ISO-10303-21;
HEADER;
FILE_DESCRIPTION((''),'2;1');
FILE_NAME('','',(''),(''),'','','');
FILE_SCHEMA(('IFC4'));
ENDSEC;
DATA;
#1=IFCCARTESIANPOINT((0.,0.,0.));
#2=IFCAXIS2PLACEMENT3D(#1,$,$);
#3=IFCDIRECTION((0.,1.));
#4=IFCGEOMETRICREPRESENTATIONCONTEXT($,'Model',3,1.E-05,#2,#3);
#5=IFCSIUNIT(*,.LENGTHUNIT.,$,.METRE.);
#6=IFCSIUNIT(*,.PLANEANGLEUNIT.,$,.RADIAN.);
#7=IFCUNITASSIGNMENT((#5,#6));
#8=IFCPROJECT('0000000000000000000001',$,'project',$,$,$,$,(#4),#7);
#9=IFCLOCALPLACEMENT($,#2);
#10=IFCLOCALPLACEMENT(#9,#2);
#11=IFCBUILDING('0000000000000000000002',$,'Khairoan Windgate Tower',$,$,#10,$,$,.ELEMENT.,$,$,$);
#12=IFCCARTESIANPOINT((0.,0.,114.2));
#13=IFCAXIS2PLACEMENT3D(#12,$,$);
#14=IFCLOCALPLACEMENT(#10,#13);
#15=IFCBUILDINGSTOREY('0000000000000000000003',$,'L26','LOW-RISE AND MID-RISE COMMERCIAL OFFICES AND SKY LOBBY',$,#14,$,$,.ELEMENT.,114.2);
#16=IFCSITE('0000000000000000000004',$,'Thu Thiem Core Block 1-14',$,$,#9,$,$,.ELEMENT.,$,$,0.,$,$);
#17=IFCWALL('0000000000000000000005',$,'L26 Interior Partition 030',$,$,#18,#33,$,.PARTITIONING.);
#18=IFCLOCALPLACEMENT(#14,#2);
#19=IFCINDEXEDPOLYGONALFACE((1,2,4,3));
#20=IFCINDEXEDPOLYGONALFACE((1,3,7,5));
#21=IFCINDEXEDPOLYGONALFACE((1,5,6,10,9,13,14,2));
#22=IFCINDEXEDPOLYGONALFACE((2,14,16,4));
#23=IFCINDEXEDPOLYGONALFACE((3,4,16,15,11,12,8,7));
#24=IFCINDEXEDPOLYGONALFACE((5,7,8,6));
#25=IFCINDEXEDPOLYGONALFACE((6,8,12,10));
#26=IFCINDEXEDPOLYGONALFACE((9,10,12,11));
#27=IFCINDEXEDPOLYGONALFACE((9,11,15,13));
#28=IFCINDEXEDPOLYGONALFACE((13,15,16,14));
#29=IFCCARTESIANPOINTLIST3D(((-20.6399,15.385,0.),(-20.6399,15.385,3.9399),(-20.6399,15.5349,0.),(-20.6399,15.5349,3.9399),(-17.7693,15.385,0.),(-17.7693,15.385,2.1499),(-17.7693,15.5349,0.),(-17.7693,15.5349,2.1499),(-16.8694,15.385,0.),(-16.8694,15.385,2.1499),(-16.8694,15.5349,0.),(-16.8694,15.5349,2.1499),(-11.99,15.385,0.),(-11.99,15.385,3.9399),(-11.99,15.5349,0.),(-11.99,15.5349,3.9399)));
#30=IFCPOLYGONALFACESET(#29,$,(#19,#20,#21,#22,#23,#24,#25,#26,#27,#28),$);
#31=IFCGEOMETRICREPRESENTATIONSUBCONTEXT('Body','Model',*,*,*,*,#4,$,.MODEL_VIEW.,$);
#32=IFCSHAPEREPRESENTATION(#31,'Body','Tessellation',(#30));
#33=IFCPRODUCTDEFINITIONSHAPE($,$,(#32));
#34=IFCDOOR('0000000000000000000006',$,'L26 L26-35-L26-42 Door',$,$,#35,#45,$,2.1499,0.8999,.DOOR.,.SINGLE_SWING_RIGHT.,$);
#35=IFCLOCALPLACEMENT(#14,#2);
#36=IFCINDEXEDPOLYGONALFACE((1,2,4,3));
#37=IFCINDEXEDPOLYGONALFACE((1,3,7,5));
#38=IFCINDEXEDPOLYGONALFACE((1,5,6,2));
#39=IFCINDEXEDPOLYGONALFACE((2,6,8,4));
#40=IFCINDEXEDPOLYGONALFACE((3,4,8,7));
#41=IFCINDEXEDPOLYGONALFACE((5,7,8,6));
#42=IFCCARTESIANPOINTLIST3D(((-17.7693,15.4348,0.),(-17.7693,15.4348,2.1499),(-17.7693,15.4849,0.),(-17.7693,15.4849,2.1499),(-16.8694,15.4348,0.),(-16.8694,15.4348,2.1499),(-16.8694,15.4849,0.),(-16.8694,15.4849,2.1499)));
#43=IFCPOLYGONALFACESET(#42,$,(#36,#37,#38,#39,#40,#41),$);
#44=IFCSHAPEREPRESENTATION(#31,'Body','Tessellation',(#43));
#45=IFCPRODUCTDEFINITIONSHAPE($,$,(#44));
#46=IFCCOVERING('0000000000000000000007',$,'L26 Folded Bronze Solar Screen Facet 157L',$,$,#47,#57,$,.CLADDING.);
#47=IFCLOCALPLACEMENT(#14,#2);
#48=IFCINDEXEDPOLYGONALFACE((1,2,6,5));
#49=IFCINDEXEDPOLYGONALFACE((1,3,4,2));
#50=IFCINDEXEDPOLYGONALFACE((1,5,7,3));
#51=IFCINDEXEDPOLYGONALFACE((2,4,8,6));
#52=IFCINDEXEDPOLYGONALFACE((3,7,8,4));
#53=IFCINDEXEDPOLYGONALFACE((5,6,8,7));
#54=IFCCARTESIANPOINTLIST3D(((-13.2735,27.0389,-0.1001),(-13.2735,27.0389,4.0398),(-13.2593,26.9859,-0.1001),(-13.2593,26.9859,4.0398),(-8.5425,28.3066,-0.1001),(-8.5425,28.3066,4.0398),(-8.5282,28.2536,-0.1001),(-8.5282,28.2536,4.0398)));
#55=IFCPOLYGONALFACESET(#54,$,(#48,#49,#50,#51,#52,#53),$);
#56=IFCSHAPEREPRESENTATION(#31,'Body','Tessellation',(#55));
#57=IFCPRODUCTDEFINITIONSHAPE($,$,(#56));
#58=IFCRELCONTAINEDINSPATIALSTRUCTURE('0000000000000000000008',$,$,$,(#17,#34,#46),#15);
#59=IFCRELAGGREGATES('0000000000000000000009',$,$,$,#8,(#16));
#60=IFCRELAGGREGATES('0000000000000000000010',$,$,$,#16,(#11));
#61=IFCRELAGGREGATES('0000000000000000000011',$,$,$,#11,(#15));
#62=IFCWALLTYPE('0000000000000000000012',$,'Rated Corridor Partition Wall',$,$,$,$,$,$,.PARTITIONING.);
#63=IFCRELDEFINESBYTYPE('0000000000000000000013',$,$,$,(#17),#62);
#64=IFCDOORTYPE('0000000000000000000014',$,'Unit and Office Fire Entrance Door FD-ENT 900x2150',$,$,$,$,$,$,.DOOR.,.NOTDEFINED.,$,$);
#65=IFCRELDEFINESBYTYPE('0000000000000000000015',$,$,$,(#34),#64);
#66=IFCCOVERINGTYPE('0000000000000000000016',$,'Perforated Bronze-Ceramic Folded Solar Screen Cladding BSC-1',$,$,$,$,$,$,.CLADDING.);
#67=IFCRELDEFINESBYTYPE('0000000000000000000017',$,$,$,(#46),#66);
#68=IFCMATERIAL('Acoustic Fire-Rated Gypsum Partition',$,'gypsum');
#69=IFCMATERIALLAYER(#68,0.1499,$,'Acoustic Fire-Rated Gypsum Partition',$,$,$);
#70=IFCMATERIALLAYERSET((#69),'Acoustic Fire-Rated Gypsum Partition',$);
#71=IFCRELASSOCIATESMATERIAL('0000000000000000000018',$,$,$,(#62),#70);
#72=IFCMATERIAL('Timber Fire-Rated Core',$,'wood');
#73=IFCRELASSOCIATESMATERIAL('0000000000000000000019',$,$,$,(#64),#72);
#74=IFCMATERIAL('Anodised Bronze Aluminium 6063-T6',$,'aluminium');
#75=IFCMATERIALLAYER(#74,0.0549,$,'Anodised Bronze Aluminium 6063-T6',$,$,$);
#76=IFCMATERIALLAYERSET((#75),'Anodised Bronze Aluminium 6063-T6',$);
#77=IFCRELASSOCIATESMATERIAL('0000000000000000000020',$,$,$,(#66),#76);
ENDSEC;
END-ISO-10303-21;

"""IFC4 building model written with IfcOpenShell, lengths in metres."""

from ifc_helpers import new_model, si_unit, direction, frame, frame_2d, origin, origin_2d, place, context, subcontext, project, spatial, rectangle, extrude, material, layer, layer_set, type_object, element, fill, save


model = new_model("IFC4")

# Units and contexts
model_context = context("Model", 3, precision=1e-05, world=origin(), true_north=direction((0.0, 1.0)))
body_context = subcontext(model_context, "Body", "Model", "MODEL_VIEW")
ifc_project = project(units=[si_unit("LENGTHUNIT", "METRE"), si_unit("PLANEANGLEUNIT", "RADIAN")], contexts=[model_context])

# Site, building, storey
site_placement = place(None, origin())
site = spatial("IfcSite", under=ifc_project, at=site_placement, Name="Thu Thiem Core Block 1-14", CompositionType="ELEMENT", RefElevation=0.0)
building_placement = place(site_placement, origin())
building = spatial("IfcBuilding", under=site, at=building_placement, Name="Khairoan Windgate Tower", CompositionType="ELEMENT")
storey_placement = place(building_placement, frame((0.0, 0.0, 114.2)))
storey = spatial("IfcBuildingStorey", under=building, at=storey_placement, Name="L26", Description="LOW-RISE AND MID-RISE COMMERCIAL OFFICES AND SKY LOBBY", CompositionType="ELEMENT", Elevation=114.2)

# Wall, opening, door
ifc_material_1 = material(Name="Acoustic Fire-Rated Gypsum Partition", Category="gypsum")
ifc_layer_1 = layer(ifc_material_1, 0.1499, Name="Acoustic Fire-Rated Gypsum Partition")
ifc_layer_set_1 = layer_set([ifc_layer_1], Name="Acoustic Fire-Rated Gypsum Partition")
wall_type_1 = type_object("IfcWallType", Name="Rated Corridor Partition Wall", PredefinedType="PARTITIONING", material=ifc_layer_set_1)
ifc_material_2 = material(Name="Timber Fire-Rated Core", Category="wood")
door_type = type_object("IfcDoorType", Name="Unit and Office Fire Entrance Door FD-ENT 900x2150", OperationType="NOTDEFINED", PredefinedType="DOOR", material=ifc_material_2)
wall_1_placement = place(storey_placement, frame((-20.6399, 15.46, 0.0), z_axis=(0.0, 0.0, 1.0), x_axis=(1.0, 0.0, 0.0)))
wall_1 = element("IfcWall", 1, at=wall_1_placement, inside=storey, type_object=wall_type_1, Name="L26 Interior Partition 030", PredefinedType="PARTITIONING", context=body_context, shape_type="SweptSolid", body=[
    extrude(rectangle(XDim=8.6499, YDim=0.1499, at=frame_2d((4.325, 0.0))), origin(), (0.0, 0.0, 1.0), 3.9399),
])
opening_1_placement = place(wall_1_placement, frame((2.8706, 0.0, 0.0)))
opening_1 = element("IfcOpeningElement", 2, at=opening_1_placement, cuts=wall_1, PredefinedType="OPENING", context=body_context, shape_type="SweptSolid", body=[
    extrude(rectangle(XDim=0.8999, YDim=2.1499, at=frame_2d((0.45, 1.075))), frame((0.0, 0.085, 0.0), z_axis=(0.0, -1.0, 0.0), x_axis=(1.0, 0.0, 0.0)), (0.0, 0.0, 1.0), 0.1699),
])
door_1_placement = place(opening_1_placement, origin())
door_1 = element("IfcDoor", 3, at=door_1_placement, inside=storey, type_object=door_type, Name="L26 L26-35-L26-42 Door", OperationType="SINGLE_SWING_RIGHT", OverallHeight=2.1499, OverallWidth=0.8999, PredefinedType="DOOR", context=body_context, shape_type="SweptSolid", body=[
    extrude(rectangle(XDim=0.8999, YDim=2.1499, at=frame_2d((0.45, 1.075))), frame((0.0, 0.0249, 0.0), z_axis=(0.0, -1.0, 0.0), x_axis=(1.0, 0.0, 0.0)), (0.0, 0.0, 1.0), 0.05),
])
fill(opening_1, door_1)

# Covering
ifc_material_3 = material(Name="Anodised Bronze Aluminium 6063-T6", Category="aluminium")
ifc_layer_2 = layer(ifc_material_3, 0.0549, Name="Anodised Bronze Aluminium 6063-T6")
ifc_layer_set_2 = layer_set([ifc_layer_2], Name="Anodised Bronze Aluminium 6063-T6")
covering_type = type_object("IfcCoveringType", Name="Perforated Bronze-Ceramic Folded Solar Screen Cladding BSC-1", PredefinedType="CLADDING", material=ifc_layer_set_2)
covering_placement = place(storey_placement, frame((-10.9009, 27.6462, -0.1001), z_axis=(0.0, 0.0, 1.0), x_axis=(0.965926, 0.258819, 0.0)))
element("IfcCovering", 4, at=covering_placement, inside=storey, type_object=covering_type, Name="L26 Folded Bronze Solar Screen Facet 157L", PredefinedType="CLADDING", context=body_context, shape_type="SweptSolid", body=[
    extrude(rectangle(XDim=4.8979, YDim=0.0549, at=origin_2d()), origin(), (0.0, 0.0, 1.0), 4.1399),
])

save(model, "model.ifc")
